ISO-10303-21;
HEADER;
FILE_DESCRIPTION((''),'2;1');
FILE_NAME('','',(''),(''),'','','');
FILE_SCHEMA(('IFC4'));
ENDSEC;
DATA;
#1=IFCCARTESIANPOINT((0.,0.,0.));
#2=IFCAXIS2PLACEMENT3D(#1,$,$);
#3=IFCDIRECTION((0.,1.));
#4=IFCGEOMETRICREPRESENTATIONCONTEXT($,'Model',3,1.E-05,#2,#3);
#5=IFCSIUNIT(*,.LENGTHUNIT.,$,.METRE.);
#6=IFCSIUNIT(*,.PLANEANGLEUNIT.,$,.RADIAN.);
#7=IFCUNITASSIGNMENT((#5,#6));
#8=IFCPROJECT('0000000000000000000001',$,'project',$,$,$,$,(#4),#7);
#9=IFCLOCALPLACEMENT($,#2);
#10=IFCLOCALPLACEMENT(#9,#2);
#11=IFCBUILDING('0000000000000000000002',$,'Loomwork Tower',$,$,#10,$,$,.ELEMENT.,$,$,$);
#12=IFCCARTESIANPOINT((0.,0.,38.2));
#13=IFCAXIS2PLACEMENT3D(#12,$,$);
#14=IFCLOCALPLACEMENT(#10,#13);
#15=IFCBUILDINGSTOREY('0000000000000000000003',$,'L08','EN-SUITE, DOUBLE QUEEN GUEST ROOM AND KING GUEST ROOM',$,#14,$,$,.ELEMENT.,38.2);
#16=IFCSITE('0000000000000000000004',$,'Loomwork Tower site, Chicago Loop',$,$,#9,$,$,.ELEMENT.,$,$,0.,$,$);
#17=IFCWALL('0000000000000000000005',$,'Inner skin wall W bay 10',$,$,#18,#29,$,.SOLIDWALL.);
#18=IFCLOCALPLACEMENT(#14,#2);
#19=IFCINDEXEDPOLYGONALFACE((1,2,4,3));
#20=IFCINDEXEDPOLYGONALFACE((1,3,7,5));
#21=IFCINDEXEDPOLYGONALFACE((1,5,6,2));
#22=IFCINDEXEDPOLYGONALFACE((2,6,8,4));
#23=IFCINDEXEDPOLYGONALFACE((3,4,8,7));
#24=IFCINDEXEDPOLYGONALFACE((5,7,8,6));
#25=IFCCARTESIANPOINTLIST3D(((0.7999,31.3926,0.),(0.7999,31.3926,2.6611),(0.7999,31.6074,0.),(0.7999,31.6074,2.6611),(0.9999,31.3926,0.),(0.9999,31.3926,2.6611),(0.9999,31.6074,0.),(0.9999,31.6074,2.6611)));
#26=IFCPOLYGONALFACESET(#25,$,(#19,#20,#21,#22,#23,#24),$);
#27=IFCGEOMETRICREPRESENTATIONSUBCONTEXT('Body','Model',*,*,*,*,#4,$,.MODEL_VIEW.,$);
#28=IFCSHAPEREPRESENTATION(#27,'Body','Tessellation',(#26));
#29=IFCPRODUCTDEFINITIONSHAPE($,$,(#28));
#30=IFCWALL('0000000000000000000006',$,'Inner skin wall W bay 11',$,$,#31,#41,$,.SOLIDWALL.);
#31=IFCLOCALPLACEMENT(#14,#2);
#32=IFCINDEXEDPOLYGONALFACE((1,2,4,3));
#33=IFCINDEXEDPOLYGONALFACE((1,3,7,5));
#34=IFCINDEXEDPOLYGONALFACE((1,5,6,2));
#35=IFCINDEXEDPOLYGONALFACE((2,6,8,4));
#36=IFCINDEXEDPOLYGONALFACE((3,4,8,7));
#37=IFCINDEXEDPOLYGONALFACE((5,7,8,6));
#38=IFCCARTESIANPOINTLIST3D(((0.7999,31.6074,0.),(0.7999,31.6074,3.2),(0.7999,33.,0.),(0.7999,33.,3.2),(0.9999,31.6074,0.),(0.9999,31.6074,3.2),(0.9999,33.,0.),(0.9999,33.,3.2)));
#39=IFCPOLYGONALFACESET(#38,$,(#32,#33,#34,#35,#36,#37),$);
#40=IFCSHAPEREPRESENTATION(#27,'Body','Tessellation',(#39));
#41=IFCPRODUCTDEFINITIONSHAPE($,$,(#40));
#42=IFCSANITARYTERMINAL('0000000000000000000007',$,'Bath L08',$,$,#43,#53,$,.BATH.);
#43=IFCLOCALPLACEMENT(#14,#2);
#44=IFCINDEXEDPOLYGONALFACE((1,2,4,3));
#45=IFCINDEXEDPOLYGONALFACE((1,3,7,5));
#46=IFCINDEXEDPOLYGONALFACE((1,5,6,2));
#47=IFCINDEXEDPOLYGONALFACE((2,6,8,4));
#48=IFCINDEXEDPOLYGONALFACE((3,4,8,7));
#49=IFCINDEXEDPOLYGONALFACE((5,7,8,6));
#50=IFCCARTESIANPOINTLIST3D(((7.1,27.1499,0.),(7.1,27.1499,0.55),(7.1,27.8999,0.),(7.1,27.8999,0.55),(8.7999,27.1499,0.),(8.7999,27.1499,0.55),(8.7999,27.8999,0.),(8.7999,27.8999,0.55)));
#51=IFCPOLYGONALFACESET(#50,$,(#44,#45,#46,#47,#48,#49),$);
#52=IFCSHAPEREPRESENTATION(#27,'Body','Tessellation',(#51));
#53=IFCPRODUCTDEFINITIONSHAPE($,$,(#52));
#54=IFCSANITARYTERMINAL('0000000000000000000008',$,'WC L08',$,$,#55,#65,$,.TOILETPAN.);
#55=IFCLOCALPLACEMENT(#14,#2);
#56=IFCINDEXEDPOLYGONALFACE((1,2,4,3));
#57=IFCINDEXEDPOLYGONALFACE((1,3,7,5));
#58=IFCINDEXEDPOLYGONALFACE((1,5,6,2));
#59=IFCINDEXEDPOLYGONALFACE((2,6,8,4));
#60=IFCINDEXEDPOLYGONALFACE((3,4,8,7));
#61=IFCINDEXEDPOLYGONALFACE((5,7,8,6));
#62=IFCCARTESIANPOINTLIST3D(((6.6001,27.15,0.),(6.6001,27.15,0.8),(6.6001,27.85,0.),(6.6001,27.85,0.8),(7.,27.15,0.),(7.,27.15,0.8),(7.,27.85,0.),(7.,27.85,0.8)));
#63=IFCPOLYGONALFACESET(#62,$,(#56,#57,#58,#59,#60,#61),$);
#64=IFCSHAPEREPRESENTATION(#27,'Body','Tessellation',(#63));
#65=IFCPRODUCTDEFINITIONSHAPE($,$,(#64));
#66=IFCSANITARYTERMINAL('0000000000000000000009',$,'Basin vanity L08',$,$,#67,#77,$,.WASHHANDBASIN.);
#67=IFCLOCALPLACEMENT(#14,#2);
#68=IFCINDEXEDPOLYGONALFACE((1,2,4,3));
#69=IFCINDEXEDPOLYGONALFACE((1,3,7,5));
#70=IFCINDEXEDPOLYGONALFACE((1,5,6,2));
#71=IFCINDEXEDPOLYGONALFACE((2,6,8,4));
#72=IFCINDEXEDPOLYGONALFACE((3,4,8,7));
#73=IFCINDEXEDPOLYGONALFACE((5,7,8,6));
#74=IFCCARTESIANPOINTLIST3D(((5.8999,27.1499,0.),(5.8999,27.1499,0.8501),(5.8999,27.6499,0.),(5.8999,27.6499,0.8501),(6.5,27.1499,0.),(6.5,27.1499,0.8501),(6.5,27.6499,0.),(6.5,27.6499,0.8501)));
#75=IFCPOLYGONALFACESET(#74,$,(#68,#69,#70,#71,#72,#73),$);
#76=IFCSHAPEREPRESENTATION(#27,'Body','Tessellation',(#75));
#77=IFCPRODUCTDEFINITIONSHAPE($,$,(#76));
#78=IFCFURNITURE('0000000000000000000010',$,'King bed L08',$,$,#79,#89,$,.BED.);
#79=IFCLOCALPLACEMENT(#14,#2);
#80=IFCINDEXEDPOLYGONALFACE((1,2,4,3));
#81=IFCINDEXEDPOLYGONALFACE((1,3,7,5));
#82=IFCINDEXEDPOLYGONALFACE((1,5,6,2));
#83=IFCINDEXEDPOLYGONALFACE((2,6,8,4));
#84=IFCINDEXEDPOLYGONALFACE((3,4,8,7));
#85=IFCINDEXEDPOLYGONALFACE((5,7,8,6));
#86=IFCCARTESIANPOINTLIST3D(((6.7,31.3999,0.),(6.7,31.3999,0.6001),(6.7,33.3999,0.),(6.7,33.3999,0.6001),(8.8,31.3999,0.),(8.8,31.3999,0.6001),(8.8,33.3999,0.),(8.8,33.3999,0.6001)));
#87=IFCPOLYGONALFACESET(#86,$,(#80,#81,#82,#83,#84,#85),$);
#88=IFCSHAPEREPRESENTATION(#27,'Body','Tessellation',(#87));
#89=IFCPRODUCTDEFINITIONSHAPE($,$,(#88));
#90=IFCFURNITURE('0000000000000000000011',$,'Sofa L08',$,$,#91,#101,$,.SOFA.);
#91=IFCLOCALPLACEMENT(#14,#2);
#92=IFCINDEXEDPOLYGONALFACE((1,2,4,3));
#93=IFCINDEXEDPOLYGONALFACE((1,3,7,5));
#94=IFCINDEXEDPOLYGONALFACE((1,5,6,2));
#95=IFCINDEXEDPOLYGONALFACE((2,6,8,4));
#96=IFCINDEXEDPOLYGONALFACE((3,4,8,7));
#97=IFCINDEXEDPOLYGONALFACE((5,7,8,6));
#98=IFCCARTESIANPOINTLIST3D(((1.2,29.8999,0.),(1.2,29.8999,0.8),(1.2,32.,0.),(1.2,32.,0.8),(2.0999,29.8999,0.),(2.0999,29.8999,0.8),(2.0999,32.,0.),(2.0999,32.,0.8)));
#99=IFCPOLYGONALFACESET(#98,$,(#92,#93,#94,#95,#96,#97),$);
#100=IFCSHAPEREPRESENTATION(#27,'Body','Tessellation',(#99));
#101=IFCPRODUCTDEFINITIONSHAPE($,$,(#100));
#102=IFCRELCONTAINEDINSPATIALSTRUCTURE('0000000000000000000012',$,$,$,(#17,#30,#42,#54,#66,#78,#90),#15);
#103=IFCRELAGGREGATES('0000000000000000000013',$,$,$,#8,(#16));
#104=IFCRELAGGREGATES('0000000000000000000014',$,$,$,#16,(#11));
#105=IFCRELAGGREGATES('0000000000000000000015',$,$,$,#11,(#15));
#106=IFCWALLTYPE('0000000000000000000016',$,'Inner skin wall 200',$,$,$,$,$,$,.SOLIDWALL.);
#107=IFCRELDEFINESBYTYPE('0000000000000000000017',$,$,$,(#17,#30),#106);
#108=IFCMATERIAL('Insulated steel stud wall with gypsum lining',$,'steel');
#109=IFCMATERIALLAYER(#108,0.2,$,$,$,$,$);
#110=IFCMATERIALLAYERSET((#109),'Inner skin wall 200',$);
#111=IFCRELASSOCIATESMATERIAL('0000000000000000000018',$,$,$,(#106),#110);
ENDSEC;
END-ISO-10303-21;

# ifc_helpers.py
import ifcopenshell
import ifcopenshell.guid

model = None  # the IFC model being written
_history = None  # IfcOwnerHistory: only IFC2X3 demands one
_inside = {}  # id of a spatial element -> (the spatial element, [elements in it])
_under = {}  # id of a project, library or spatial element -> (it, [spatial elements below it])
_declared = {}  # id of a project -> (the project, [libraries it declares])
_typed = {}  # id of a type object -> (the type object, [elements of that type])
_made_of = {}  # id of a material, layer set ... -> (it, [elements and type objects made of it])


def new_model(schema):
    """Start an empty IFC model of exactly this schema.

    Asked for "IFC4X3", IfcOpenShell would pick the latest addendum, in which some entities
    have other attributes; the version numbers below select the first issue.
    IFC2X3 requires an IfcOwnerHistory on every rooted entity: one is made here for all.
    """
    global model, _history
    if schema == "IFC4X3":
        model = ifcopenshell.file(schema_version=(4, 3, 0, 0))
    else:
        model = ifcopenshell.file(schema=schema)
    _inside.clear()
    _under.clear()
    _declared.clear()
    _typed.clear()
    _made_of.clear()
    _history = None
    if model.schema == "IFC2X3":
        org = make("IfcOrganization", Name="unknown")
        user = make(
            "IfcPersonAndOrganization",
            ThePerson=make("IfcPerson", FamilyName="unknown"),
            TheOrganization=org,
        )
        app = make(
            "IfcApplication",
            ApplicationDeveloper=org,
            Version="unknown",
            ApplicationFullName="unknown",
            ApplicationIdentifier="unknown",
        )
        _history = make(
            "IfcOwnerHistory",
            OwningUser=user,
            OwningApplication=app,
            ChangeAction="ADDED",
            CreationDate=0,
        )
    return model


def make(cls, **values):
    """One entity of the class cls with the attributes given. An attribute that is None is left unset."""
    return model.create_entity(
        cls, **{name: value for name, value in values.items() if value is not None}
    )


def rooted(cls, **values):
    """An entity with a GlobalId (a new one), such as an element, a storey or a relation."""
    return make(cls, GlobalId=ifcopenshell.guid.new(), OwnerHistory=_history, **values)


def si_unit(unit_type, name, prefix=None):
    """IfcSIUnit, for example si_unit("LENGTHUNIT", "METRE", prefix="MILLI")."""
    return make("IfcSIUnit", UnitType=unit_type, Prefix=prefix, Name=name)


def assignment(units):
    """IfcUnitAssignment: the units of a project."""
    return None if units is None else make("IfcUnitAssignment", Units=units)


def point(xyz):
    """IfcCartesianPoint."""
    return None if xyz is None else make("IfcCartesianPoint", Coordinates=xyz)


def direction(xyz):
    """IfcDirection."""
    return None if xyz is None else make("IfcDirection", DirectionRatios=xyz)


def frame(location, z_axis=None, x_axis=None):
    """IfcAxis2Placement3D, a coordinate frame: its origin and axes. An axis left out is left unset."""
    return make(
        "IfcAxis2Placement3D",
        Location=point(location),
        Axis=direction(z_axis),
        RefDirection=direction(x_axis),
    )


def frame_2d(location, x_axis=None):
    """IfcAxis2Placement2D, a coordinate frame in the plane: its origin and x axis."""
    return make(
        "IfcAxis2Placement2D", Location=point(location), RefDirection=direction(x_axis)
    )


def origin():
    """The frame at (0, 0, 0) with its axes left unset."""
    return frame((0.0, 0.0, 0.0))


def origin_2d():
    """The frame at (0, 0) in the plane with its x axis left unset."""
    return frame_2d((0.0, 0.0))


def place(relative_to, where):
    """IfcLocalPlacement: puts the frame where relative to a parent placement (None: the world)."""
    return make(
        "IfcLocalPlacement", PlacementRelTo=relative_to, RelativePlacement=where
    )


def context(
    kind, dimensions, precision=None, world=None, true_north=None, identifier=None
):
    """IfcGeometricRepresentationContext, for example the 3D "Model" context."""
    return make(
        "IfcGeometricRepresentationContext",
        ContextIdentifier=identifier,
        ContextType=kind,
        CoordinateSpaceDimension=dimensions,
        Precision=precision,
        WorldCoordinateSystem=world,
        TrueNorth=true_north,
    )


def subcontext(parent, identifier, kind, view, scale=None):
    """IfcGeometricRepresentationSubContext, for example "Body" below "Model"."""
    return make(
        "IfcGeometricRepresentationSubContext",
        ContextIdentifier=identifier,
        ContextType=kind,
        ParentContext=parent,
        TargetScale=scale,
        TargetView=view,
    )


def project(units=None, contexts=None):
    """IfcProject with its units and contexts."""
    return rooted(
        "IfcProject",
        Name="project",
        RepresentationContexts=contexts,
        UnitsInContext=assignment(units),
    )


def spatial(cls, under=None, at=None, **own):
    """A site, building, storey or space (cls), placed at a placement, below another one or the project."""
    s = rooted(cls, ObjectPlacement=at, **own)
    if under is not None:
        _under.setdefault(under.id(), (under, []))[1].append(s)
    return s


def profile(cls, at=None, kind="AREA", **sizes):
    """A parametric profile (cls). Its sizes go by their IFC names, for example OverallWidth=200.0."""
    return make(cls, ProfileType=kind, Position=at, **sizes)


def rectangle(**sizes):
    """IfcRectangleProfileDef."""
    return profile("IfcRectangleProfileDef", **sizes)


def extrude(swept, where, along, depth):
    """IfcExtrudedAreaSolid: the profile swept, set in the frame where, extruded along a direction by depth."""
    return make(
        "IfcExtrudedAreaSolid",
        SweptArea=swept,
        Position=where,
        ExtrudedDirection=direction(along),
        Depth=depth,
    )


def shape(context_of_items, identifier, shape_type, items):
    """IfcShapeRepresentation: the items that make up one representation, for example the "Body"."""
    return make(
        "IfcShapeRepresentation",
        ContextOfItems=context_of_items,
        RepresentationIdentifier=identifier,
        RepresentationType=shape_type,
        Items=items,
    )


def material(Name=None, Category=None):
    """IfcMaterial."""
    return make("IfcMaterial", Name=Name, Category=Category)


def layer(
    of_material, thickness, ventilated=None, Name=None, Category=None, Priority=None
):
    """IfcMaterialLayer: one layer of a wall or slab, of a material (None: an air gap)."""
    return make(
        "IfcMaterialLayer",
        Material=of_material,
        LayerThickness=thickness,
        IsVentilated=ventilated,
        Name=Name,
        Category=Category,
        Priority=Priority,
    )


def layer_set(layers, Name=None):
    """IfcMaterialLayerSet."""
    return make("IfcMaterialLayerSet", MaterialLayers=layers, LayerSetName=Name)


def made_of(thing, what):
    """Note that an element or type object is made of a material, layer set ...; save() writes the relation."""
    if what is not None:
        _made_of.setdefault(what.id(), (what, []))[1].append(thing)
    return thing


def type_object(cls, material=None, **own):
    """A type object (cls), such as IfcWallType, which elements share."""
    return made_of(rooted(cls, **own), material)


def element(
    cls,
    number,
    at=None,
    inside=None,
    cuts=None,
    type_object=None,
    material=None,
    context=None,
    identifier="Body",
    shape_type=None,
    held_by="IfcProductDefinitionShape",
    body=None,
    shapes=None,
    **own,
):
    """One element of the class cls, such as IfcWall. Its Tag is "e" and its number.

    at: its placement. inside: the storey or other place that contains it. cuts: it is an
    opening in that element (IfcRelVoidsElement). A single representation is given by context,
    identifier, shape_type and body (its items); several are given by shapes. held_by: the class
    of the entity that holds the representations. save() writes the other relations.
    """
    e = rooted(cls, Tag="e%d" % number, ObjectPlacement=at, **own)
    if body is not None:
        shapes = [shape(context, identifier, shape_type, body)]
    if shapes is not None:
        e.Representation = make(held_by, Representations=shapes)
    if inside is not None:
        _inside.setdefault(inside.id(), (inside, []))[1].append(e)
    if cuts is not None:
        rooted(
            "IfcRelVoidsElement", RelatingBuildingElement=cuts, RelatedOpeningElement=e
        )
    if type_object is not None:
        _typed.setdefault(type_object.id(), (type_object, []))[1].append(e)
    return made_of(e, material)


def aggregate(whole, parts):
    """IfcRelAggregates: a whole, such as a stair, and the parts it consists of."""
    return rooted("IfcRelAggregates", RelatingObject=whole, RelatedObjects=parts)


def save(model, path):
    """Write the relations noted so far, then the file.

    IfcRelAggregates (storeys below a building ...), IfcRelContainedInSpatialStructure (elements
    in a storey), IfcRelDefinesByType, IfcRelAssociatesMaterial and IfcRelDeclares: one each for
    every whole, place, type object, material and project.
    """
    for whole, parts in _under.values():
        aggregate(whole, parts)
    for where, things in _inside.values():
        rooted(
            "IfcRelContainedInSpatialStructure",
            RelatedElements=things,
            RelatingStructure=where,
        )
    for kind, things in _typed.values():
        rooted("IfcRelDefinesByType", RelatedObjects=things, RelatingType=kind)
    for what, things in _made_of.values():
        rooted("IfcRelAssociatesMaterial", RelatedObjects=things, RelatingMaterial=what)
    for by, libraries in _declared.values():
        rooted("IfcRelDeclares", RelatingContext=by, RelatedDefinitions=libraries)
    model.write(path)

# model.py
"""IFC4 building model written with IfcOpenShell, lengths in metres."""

from ifc_helpers import new_model, si_unit, direction, frame, frame_2d, origin, origin_2d, place, context, subcontext, project, spatial, rectangle, extrude, material, layer, layer_set, type_object, element, save


model = new_model("IFC4")

# Units and contexts
model_context = context("Model", 3, precision=1e-05, world=origin(), true_north=direction((0.0, 1.0)))
body_context = subcontext(model_context, "Body", "Model", "MODEL_VIEW")
ifc_project = project(units=[si_unit("LENGTHUNIT", "METRE"), si_unit("PLANEANGLEUNIT", "RADIAN")], contexts=[model_context])

# Site, building, storey
site_placement = place(None, origin())
site = spatial("IfcSite", under=ifc_project, at=site_placement, Name="Loomwork Tower site, Chicago Loop", CompositionType="ELEMENT", RefElevation=0.0)
building_placement = place(site_placement, origin())
building = spatial("IfcBuilding", under=site, at=building_placement, Name="Loomwork Tower", CompositionType="ELEMENT")
storey_placement = place(building_placement, frame((0.0, 0.0, 38.2)))
storey = spatial("IfcBuildingStorey", under=building, at=storey_placement, Name="L08", Description="EN-SUITE, DOUBLE QUEEN GUEST ROOM AND KING GUEST ROOM", CompositionType="ELEMENT", Elevation=38.2)

# Walls
ifc_material_1 = material(Name="Insulated steel stud wall with gypsum lining", Category="steel")
ifc_layer_1 = layer(ifc_material_1, 0.2)
ifc_layer_set_1 = layer_set([ifc_layer_1], Name="Inner skin wall 200")
wall_type_1 = type_object("IfcWallType", Name="Inner skin wall 200", PredefinedType="SOLIDWALL", material=ifc_layer_set_1)
wall_1_placement = place(storey_placement, frame((0.8999, 31.3926, 0.0), z_axis=(0.0, 0.0, 1.0), x_axis=(0.0, 1.0, 0.0)))
element("IfcWall", 1, at=wall_1_placement, inside=storey, type_object=wall_type_1, Name="Inner skin wall W bay 10", PredefinedType="SOLIDWALL", context=body_context, shape_type="SweptSolid", body=[
    extrude(rectangle(XDim=0.2148, YDim=0.2, at=frame_2d((0.1074, 0.0))), origin(), (0.0, 0.0, 1.0), 2.6611),
])
wall_2_placement = place(storey_placement, frame((0.8999, 31.6074, 0.0), z_axis=(0.0, 0.0, 1.0), x_axis=(0.0, 1.0, 0.0)))
element("IfcWall", 2, at=wall_2_placement, inside=storey, type_object=wall_type_1, Name="Inner skin wall W bay 11", PredefinedType="SOLIDWALL", context=body_context, shape_type="SweptSolid", body=[
    extrude(rectangle(XDim=1.3926, YDim=0.2, at=frame_2d((0.6963, 0.0))), origin(), (0.0, 0.0, 1.0), 3.2),
])

# Sanitary terminals
sanitary_terminal_1_placement = place(storey_placement, frame((7.95, 27.5249, 0.0), z_axis=(0.0, 0.0, 1.0), x_axis=(1.0, 0.0, 0.0)))
element("IfcSanitaryTerminal", 3, at=sanitary_terminal_1_placement, inside=storey, Name="Bath L08", PredefinedType="BATH", context=body_context, shape_type="SweptSolid", body=[
    extrude(rectangle(XDim=1.7, YDim=0.75, at=origin_2d()), origin(), (0.0, 0.0, 1.0), 0.55),
])
sanitary_terminal_2_placement = place(storey_placement, frame((6.8, 27.5, 0.0), z_axis=(0.0, 0.0, 1.0), x_axis=(1.0, 0.0, 0.0)))
element("IfcSanitaryTerminal", 4, at=sanitary_terminal_2_placement, inside=storey, Name="WC L08", PredefinedType="TOILETPAN", context=body_context, shape_type="SweptSolid", body=[
    extrude(rectangle(XDim=0.3999, YDim=0.7, at=origin_2d()), origin(), (0.0, 0.0, 1.0), 0.8),
])
sanitary_terminal_3_placement = place(storey_placement, frame((6.2, 27.3999, 0.0), z_axis=(0.0, 0.0, 1.0), x_axis=(1.0, 0.0, 0.0)))
element("IfcSanitaryTerminal", 5, at=sanitary_terminal_3_placement, inside=storey, Name="Basin vanity L08", PredefinedType="WASHHANDBASIN", context=body_context, shape_type="SweptSolid", body=[
    extrude(rectangle(XDim=0.6001, YDim=0.5, at=origin_2d()), origin(), (0.0, 0.0, 1.0), 0.8501),
])

# Furniture
furniture_1_placement = place(storey_placement, frame((7.75, 32.3999, 0.0), z_axis=(0.0, 0.0, 1.0), x_axis=(1.0, 0.0, 0.0)))
element("IfcFurniture", 6, at=furniture_1_placement, inside=storey, Name="King bed L08", PredefinedType="BED", context=body_context, shape_type="SweptSolid", body=[
    extrude(rectangle(XDim=2.1001, YDim=2.0, at=origin_2d()), origin(), (0.0, 0.0, 1.0), 0.6001),
])
furniture_2_placement = place(storey_placement, frame((1.6499, 30.95, 0.0), z_axis=(0.0, 0.0, 1.0), x_axis=(1.0, 0.0, 0.0)))
element("IfcFurniture", 7, at=furniture_2_placement, inside=storey, Name="Sofa L08", PredefinedType="SOFA", context=body_context, shape_type="SweptSolid", body=[
    extrude(rectangle(XDim=0.8999, YDim=2.1001, at=origin_2d()), origin(), (0.0, 0.0, 1.0), 0.8),
])

save(model, "model.ifc")
